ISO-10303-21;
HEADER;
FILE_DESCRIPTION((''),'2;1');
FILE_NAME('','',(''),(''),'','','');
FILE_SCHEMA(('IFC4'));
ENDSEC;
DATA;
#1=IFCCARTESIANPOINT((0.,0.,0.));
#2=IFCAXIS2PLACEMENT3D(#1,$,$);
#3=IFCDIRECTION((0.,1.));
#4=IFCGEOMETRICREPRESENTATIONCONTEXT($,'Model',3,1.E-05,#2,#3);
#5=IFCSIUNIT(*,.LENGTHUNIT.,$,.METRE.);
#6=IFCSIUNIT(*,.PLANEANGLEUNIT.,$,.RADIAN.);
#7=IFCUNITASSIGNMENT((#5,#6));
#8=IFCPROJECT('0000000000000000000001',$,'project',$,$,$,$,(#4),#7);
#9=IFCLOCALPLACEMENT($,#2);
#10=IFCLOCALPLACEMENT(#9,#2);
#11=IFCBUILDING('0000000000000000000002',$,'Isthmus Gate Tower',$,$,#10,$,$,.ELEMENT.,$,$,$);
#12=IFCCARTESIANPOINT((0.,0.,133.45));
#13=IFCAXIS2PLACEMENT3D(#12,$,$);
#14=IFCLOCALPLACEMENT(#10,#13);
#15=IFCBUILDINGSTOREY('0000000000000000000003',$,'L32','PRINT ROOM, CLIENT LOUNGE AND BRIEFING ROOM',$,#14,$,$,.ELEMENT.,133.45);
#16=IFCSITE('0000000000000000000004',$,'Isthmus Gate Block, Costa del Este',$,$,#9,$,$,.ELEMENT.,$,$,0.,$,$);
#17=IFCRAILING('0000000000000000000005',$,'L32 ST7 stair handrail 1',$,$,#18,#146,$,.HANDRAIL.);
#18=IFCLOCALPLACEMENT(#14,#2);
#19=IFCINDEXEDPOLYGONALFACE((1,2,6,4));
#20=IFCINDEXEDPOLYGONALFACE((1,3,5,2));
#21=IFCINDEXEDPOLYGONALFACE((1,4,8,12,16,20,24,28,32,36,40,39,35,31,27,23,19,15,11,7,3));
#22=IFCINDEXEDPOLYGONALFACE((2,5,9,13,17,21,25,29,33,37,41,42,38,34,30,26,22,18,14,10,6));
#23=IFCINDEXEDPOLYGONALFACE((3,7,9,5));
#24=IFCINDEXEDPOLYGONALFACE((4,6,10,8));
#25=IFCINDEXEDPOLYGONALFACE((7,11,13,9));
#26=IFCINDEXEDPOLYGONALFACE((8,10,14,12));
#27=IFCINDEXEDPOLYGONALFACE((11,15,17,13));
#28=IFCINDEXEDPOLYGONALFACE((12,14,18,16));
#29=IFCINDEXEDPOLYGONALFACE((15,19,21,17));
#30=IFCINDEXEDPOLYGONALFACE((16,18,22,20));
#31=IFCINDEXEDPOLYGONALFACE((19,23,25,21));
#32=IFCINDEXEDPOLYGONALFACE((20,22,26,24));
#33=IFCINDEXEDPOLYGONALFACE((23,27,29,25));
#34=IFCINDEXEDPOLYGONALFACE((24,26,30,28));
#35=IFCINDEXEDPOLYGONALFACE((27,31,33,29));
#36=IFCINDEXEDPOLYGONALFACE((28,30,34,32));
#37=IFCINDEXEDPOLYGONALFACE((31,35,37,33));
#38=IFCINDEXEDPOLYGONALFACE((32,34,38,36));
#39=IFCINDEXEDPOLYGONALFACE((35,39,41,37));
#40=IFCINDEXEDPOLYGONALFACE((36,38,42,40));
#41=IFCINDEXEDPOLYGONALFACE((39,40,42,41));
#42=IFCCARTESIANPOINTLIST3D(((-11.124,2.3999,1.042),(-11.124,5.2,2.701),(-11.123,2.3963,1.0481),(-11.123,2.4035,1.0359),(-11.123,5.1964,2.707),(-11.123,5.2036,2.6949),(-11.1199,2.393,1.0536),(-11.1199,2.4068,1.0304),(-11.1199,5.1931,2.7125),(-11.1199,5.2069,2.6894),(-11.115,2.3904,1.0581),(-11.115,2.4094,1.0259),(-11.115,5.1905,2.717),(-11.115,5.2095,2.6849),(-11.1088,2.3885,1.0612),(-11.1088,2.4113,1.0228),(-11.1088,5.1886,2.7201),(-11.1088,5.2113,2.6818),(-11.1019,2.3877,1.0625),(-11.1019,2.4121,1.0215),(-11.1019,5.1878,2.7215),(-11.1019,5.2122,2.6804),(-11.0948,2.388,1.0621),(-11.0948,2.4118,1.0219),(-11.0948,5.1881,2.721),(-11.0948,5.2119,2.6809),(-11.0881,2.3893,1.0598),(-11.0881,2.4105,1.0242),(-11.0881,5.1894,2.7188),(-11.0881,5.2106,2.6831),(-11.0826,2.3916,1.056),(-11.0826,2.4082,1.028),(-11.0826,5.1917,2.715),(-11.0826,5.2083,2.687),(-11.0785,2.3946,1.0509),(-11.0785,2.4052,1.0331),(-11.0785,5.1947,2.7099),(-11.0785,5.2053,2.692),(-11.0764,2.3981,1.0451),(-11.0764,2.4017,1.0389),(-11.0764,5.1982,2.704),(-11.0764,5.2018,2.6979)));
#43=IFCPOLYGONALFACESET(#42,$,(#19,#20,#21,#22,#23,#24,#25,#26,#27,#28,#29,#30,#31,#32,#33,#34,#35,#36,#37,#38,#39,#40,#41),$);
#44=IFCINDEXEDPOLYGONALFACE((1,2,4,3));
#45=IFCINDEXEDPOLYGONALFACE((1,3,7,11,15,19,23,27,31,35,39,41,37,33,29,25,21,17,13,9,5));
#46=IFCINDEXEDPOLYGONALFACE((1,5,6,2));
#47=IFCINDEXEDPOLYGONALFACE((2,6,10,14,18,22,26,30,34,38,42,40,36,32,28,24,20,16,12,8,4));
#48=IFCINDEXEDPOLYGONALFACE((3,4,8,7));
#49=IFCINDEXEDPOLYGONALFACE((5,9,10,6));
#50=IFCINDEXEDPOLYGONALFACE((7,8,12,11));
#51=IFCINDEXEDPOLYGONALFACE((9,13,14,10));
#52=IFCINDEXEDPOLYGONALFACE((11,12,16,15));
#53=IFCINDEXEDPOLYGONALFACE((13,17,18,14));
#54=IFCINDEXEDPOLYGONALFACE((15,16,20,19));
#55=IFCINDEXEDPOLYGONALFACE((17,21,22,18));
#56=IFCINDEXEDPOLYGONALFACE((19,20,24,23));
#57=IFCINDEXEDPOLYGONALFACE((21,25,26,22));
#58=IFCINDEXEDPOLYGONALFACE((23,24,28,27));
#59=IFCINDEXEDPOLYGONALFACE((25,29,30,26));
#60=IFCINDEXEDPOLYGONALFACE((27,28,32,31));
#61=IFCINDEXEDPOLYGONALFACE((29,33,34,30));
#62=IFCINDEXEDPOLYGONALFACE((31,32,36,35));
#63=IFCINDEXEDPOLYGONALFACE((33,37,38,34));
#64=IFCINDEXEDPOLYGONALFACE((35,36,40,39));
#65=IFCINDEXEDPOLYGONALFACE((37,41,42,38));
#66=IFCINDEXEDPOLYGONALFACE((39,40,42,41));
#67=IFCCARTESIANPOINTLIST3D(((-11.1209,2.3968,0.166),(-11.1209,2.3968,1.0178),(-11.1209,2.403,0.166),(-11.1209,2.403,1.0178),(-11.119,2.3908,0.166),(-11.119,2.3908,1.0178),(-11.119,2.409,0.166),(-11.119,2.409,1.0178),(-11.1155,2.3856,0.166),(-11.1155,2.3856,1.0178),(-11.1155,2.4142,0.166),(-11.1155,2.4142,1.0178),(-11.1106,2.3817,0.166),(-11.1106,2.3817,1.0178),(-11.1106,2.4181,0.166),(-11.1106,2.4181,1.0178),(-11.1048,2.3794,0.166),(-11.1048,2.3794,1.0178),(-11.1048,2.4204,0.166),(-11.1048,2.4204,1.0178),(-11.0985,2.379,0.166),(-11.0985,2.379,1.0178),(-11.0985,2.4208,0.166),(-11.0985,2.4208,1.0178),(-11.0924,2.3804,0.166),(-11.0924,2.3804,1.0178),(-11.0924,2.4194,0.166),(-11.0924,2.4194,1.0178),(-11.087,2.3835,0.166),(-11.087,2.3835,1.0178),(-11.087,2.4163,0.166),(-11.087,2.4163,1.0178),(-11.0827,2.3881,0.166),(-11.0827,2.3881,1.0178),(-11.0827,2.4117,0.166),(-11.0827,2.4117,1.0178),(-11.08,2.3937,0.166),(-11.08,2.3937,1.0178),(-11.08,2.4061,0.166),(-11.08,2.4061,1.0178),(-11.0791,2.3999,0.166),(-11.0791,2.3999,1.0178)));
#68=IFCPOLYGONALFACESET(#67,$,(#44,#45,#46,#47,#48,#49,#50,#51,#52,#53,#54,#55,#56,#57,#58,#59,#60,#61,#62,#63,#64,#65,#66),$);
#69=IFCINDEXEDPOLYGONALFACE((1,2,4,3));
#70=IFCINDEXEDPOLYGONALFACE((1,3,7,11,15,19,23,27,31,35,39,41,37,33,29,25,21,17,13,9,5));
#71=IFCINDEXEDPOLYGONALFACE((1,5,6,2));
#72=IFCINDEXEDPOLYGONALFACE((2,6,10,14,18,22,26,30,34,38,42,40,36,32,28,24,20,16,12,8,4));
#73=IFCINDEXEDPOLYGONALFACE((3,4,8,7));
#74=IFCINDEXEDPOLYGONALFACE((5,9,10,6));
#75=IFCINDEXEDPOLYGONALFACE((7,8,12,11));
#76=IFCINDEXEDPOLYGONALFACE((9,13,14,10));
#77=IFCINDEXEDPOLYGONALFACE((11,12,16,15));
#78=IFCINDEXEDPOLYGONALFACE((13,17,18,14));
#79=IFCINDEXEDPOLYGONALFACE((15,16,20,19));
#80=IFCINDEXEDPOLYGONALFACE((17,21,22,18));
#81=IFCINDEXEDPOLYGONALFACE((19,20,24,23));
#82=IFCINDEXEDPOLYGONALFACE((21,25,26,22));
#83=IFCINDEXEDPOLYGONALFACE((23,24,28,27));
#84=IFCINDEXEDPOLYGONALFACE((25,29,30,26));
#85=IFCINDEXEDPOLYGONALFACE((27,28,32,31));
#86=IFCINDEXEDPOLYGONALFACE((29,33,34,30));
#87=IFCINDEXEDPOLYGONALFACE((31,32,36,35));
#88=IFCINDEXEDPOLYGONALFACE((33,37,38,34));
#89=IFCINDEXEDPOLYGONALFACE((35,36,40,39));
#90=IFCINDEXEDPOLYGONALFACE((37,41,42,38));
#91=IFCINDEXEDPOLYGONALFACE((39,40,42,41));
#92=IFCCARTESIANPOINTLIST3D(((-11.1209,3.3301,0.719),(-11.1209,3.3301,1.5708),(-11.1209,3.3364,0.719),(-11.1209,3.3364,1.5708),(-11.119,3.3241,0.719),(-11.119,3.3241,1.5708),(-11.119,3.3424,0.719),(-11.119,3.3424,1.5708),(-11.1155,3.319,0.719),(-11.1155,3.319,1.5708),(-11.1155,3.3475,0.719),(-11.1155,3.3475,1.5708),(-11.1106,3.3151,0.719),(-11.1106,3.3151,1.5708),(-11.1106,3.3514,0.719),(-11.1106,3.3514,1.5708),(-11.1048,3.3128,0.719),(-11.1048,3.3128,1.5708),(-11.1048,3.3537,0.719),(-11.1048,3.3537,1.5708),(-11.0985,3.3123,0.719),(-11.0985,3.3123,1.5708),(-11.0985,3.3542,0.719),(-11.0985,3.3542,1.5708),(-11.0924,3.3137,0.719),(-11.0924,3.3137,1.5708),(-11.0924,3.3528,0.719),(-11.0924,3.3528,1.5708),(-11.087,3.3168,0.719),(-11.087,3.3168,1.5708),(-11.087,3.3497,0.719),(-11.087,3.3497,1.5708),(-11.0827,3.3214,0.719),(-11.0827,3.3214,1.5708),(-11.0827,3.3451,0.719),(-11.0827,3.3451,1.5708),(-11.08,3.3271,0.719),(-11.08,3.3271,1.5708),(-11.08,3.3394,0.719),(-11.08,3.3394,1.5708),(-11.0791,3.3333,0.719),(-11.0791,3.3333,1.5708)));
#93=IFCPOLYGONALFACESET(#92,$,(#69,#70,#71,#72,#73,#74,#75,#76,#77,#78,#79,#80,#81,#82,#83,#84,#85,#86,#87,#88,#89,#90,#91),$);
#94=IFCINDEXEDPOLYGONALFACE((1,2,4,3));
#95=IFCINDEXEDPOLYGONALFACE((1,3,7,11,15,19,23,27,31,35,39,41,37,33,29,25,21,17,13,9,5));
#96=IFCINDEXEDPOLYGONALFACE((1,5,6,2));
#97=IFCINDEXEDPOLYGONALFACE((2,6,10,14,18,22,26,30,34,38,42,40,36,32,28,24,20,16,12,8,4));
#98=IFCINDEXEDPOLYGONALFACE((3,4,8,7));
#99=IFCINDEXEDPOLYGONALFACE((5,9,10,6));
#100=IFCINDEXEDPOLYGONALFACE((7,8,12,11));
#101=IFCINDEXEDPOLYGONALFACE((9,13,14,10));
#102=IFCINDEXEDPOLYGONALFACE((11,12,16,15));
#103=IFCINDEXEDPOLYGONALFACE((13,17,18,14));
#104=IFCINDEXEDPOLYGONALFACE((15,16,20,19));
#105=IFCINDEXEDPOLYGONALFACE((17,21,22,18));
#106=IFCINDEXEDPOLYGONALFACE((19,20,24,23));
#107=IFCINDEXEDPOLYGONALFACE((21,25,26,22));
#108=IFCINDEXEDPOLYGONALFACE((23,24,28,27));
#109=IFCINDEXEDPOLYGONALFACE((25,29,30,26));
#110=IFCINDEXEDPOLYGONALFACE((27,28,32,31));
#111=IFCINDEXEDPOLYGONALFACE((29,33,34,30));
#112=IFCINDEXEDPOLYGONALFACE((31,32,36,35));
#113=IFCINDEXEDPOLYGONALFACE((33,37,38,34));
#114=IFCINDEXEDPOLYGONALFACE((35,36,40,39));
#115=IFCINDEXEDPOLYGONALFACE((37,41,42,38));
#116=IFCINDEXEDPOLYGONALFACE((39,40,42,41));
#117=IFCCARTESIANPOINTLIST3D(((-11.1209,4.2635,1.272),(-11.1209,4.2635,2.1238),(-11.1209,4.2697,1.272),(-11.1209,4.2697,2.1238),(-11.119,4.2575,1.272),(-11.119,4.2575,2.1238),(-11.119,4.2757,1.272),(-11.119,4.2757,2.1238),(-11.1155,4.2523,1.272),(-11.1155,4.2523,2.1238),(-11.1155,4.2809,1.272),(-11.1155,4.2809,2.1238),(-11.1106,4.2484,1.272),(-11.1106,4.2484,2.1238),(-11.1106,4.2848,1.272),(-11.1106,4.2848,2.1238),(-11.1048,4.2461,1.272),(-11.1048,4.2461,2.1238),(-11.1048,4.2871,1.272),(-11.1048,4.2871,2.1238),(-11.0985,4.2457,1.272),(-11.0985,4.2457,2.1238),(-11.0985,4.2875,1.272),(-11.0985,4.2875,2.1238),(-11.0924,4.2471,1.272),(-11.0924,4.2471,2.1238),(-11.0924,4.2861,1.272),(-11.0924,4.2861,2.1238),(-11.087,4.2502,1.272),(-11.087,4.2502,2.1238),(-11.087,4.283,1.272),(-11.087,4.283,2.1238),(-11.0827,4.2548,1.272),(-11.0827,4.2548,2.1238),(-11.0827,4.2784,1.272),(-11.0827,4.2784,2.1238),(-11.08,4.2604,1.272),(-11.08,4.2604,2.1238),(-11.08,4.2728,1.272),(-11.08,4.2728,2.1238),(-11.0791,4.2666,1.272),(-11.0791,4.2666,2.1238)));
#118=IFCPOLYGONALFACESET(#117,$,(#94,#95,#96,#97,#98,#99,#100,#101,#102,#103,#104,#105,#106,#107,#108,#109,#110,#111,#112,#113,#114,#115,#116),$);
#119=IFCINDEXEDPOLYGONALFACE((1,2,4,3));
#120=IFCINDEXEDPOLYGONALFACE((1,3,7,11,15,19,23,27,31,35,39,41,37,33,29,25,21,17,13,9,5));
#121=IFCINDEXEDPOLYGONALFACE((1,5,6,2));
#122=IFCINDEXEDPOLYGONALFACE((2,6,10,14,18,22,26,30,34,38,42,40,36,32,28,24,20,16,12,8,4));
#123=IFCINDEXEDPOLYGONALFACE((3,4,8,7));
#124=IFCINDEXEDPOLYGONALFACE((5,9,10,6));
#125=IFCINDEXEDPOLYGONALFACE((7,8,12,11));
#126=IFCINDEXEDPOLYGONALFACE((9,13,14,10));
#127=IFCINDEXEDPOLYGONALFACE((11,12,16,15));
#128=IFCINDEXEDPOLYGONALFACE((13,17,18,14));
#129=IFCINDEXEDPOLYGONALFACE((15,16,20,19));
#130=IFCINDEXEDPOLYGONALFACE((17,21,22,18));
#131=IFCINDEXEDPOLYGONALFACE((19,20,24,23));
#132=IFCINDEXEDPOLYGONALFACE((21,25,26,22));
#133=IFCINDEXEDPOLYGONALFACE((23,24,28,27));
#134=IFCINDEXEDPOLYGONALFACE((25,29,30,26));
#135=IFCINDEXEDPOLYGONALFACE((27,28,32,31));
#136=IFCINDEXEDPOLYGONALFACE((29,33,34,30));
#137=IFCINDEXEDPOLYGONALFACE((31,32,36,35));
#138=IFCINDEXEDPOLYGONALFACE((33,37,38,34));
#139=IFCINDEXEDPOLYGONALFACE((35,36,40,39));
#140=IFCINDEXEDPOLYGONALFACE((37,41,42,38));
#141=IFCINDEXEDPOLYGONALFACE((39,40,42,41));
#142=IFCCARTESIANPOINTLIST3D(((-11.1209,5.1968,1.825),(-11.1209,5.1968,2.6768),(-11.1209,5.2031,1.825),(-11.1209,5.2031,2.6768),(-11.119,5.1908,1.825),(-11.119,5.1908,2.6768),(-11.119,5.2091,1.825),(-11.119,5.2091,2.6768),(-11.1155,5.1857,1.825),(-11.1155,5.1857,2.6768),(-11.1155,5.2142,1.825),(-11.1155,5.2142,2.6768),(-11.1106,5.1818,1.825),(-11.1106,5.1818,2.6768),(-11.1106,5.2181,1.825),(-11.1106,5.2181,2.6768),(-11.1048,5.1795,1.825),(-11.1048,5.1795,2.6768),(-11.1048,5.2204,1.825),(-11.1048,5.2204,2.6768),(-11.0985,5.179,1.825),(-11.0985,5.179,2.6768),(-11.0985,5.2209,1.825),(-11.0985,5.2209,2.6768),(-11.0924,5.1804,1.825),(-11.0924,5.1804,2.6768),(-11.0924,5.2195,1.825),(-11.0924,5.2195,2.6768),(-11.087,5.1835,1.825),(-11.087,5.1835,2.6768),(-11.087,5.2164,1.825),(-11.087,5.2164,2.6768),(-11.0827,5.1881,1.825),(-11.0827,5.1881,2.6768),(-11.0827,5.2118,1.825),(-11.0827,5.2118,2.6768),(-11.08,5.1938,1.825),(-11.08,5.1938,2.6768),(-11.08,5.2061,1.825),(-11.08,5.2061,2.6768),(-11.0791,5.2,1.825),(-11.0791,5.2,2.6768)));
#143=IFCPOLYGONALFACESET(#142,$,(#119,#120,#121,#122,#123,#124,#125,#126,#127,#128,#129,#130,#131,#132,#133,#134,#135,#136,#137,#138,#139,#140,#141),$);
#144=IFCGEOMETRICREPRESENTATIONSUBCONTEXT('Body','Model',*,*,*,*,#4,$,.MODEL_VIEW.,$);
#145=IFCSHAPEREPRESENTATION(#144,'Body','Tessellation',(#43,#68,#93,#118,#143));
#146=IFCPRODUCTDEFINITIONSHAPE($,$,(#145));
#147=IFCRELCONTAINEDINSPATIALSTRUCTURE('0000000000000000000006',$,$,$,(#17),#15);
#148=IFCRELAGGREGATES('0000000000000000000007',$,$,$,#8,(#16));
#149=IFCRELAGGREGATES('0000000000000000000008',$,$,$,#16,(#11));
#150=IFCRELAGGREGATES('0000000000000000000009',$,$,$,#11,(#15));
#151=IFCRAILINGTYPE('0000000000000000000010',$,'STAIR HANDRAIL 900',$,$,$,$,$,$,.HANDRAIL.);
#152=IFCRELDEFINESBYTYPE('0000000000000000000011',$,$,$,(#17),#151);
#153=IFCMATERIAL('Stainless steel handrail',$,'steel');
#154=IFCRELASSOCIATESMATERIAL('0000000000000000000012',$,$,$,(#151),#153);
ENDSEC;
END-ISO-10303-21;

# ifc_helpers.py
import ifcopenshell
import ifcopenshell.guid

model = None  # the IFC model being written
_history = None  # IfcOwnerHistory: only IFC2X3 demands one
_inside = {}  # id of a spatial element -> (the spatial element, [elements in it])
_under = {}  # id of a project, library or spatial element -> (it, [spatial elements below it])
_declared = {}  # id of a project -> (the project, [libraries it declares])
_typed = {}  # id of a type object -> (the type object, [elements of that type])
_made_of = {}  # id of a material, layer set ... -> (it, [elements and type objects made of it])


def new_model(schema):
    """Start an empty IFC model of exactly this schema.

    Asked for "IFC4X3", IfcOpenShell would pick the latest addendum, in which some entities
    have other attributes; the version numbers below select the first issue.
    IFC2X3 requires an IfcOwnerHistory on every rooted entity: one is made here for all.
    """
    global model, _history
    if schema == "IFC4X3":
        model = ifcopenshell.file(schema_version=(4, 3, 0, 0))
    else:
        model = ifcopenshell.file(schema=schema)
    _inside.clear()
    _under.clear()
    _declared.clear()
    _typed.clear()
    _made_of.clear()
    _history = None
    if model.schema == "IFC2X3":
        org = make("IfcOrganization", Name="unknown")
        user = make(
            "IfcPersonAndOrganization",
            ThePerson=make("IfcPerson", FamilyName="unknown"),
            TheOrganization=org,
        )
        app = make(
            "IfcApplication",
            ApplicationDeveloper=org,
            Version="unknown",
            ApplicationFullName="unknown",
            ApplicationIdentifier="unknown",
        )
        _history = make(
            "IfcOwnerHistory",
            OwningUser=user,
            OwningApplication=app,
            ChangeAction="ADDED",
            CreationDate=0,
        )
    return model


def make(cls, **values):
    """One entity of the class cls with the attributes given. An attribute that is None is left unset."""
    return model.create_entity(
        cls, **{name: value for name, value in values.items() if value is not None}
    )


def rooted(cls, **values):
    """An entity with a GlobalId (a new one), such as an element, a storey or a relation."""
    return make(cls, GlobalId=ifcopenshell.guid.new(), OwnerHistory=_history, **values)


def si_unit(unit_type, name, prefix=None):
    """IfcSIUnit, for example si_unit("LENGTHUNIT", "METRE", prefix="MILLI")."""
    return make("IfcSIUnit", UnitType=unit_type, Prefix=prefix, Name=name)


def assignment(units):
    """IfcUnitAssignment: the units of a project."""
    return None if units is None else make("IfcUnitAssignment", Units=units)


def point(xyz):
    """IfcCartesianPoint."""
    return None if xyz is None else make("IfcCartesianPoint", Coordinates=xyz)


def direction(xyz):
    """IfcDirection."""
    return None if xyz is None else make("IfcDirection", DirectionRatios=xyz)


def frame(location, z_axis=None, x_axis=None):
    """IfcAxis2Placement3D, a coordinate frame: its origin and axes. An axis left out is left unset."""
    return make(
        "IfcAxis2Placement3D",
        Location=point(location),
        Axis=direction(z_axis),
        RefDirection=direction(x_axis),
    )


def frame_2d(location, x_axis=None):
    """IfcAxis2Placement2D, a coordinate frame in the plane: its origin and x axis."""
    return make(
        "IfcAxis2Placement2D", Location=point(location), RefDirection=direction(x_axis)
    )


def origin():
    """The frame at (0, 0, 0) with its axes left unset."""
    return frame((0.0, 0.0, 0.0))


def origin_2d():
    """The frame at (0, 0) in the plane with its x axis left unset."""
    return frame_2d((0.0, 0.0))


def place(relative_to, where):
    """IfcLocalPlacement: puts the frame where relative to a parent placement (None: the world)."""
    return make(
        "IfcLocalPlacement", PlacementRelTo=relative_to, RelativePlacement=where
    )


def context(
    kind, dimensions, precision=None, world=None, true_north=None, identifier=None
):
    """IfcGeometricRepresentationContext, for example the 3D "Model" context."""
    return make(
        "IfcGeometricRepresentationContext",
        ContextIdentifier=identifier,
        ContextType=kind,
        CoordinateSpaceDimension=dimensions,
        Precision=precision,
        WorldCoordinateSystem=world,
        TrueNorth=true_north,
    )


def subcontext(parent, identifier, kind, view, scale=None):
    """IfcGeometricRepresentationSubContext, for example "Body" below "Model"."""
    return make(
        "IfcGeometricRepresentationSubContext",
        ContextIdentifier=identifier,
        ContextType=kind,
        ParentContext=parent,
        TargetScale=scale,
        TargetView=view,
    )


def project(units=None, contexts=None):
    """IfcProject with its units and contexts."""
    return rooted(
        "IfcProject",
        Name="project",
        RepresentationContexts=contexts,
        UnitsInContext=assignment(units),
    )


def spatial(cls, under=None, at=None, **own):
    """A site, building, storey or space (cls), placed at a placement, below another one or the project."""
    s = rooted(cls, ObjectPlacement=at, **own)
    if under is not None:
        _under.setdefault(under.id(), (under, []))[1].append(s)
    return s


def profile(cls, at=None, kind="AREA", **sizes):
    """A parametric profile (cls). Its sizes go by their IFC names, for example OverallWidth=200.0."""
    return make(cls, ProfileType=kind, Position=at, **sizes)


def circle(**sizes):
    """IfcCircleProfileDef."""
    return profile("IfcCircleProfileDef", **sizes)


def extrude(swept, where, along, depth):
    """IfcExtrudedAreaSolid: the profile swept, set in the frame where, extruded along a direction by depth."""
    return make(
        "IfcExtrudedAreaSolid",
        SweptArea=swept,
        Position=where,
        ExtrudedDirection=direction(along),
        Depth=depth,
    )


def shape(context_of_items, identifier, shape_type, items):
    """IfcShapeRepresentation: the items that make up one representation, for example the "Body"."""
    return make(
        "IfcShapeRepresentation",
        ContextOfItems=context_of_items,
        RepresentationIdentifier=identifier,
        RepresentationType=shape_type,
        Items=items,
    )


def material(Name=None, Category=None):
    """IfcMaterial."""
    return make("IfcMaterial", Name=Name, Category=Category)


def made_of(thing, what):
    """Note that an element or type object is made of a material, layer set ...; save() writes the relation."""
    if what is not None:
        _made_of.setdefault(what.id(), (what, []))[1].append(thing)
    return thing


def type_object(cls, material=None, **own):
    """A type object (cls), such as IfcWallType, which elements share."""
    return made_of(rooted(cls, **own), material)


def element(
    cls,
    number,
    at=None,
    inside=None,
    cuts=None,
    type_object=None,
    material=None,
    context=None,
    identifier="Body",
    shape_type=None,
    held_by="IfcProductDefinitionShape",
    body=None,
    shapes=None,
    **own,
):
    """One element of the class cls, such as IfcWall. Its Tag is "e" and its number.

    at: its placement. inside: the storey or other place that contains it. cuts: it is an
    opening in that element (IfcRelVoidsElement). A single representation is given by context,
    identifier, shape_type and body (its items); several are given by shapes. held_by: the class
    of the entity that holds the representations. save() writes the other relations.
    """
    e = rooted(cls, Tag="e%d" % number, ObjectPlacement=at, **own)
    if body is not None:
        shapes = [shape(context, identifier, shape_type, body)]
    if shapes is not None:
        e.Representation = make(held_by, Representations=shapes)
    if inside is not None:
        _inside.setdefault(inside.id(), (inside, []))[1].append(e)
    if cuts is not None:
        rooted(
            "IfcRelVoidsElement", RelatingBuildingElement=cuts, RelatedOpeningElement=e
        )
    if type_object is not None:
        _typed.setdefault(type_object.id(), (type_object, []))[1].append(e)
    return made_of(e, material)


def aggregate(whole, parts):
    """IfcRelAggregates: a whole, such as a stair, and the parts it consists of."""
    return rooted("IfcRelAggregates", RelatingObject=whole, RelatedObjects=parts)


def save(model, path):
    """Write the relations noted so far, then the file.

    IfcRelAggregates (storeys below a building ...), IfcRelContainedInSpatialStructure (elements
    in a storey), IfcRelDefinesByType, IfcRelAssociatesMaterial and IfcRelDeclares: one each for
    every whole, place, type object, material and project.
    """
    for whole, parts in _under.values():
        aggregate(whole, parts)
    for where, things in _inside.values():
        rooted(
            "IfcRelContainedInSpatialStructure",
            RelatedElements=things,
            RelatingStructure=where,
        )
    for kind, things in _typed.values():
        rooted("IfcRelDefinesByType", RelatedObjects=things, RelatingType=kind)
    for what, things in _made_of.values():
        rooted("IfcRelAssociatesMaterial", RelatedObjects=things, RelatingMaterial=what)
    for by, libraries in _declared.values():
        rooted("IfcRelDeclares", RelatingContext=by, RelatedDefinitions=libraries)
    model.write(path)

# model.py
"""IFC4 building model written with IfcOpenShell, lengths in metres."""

from ifc_helpers import new_model, si_unit, direction, frame, origin, origin_2d, place, context, subcontext, project, spatial, circle, extrude, material, type_object, element, save


model = new_model("IFC4")

# Units and contexts
model_context = context("Model", 3, precision=1e-05, world=origin(), true_north=direction((0.0, 1.0)))
body_context = subcontext(model_context, "Body", "Model", "MODEL_VIEW")
ifc_project = project(units=[si_unit("LENGTHUNIT", "METRE"), si_unit("PLANEANGLEUNIT", "RADIAN")], contexts=[model_context])

# Site, building, storey
site_placement = place(None, origin())
site = spatial("IfcSite", under=ifc_project, at=site_placement, Name="Isthmus Gate Block, Costa del Este", CompositionType="ELEMENT", RefElevation=0.0)
building_placement = place(site_placement, origin())
building = spatial("IfcBuilding", under=site, at=building_placement, Name="Isthmus Gate Tower", CompositionType="ELEMENT")
storey_placement = place(building_placement, frame((0.0, 0.0, 133.45)))
storey = spatial("IfcBuildingStorey", under=building, at=storey_placement, Name="L32", Description="PRINT ROOM, CLIENT LOUNGE AND BRIEFING ROOM", CompositionType="ELEMENT", Elevation=133.45)

# Railing
ifc_material_1 = material(Name="Stainless steel handrail", Category="steel")
railing_type_1 = type_object("IfcRailingType", Name="STAIR HANDRAIL 900", PredefinedType="HANDRAIL", material=ifc_material_1)
railing_1_placement = place(storey_placement, frame((-11.1001, 2.3999, 0.166)))
element("IfcRailing", 1, at=railing_1_placement, inside=storey, type_object=railing_type_1, Name="L32 ST7 stair handrail 1", PredefinedType="HANDRAIL", context=body_context, shape_type="SweptSolid", body=[
    extrude(circle(Radius=0.0239, at=origin_2d()), frame((0.0, 0.0, 0.876), z_axis=(0.0, 0.860339, 0.509722), x_axis=(-1.0, 0.0, 0.0)), (0.0, 0.0, 1.0), 3.2546),
    extrude(circle(Radius=0.021, at=origin_2d()), origin(), (0.0, 0.0, 1.0), 0.8518),
    extrude(circle(Radius=0.021, at=origin_2d()), frame((0.0, 0.9333, 0.553)), (0.0, 0.0, 1.0), 0.8518),
    extrude(circle(Radius=0.021, at=origin_2d()), frame((0.0, 1.8667, 1.106)), (0.0, 0.0, 1.0), 0.8518),
    extrude(circle(Radius=0.021, at=origin_2d()), frame((0.0, 2.8, 1.6589)), (0.0, 0.0, 1.0), 0.8518),
])

save(model, "model.ifc")
